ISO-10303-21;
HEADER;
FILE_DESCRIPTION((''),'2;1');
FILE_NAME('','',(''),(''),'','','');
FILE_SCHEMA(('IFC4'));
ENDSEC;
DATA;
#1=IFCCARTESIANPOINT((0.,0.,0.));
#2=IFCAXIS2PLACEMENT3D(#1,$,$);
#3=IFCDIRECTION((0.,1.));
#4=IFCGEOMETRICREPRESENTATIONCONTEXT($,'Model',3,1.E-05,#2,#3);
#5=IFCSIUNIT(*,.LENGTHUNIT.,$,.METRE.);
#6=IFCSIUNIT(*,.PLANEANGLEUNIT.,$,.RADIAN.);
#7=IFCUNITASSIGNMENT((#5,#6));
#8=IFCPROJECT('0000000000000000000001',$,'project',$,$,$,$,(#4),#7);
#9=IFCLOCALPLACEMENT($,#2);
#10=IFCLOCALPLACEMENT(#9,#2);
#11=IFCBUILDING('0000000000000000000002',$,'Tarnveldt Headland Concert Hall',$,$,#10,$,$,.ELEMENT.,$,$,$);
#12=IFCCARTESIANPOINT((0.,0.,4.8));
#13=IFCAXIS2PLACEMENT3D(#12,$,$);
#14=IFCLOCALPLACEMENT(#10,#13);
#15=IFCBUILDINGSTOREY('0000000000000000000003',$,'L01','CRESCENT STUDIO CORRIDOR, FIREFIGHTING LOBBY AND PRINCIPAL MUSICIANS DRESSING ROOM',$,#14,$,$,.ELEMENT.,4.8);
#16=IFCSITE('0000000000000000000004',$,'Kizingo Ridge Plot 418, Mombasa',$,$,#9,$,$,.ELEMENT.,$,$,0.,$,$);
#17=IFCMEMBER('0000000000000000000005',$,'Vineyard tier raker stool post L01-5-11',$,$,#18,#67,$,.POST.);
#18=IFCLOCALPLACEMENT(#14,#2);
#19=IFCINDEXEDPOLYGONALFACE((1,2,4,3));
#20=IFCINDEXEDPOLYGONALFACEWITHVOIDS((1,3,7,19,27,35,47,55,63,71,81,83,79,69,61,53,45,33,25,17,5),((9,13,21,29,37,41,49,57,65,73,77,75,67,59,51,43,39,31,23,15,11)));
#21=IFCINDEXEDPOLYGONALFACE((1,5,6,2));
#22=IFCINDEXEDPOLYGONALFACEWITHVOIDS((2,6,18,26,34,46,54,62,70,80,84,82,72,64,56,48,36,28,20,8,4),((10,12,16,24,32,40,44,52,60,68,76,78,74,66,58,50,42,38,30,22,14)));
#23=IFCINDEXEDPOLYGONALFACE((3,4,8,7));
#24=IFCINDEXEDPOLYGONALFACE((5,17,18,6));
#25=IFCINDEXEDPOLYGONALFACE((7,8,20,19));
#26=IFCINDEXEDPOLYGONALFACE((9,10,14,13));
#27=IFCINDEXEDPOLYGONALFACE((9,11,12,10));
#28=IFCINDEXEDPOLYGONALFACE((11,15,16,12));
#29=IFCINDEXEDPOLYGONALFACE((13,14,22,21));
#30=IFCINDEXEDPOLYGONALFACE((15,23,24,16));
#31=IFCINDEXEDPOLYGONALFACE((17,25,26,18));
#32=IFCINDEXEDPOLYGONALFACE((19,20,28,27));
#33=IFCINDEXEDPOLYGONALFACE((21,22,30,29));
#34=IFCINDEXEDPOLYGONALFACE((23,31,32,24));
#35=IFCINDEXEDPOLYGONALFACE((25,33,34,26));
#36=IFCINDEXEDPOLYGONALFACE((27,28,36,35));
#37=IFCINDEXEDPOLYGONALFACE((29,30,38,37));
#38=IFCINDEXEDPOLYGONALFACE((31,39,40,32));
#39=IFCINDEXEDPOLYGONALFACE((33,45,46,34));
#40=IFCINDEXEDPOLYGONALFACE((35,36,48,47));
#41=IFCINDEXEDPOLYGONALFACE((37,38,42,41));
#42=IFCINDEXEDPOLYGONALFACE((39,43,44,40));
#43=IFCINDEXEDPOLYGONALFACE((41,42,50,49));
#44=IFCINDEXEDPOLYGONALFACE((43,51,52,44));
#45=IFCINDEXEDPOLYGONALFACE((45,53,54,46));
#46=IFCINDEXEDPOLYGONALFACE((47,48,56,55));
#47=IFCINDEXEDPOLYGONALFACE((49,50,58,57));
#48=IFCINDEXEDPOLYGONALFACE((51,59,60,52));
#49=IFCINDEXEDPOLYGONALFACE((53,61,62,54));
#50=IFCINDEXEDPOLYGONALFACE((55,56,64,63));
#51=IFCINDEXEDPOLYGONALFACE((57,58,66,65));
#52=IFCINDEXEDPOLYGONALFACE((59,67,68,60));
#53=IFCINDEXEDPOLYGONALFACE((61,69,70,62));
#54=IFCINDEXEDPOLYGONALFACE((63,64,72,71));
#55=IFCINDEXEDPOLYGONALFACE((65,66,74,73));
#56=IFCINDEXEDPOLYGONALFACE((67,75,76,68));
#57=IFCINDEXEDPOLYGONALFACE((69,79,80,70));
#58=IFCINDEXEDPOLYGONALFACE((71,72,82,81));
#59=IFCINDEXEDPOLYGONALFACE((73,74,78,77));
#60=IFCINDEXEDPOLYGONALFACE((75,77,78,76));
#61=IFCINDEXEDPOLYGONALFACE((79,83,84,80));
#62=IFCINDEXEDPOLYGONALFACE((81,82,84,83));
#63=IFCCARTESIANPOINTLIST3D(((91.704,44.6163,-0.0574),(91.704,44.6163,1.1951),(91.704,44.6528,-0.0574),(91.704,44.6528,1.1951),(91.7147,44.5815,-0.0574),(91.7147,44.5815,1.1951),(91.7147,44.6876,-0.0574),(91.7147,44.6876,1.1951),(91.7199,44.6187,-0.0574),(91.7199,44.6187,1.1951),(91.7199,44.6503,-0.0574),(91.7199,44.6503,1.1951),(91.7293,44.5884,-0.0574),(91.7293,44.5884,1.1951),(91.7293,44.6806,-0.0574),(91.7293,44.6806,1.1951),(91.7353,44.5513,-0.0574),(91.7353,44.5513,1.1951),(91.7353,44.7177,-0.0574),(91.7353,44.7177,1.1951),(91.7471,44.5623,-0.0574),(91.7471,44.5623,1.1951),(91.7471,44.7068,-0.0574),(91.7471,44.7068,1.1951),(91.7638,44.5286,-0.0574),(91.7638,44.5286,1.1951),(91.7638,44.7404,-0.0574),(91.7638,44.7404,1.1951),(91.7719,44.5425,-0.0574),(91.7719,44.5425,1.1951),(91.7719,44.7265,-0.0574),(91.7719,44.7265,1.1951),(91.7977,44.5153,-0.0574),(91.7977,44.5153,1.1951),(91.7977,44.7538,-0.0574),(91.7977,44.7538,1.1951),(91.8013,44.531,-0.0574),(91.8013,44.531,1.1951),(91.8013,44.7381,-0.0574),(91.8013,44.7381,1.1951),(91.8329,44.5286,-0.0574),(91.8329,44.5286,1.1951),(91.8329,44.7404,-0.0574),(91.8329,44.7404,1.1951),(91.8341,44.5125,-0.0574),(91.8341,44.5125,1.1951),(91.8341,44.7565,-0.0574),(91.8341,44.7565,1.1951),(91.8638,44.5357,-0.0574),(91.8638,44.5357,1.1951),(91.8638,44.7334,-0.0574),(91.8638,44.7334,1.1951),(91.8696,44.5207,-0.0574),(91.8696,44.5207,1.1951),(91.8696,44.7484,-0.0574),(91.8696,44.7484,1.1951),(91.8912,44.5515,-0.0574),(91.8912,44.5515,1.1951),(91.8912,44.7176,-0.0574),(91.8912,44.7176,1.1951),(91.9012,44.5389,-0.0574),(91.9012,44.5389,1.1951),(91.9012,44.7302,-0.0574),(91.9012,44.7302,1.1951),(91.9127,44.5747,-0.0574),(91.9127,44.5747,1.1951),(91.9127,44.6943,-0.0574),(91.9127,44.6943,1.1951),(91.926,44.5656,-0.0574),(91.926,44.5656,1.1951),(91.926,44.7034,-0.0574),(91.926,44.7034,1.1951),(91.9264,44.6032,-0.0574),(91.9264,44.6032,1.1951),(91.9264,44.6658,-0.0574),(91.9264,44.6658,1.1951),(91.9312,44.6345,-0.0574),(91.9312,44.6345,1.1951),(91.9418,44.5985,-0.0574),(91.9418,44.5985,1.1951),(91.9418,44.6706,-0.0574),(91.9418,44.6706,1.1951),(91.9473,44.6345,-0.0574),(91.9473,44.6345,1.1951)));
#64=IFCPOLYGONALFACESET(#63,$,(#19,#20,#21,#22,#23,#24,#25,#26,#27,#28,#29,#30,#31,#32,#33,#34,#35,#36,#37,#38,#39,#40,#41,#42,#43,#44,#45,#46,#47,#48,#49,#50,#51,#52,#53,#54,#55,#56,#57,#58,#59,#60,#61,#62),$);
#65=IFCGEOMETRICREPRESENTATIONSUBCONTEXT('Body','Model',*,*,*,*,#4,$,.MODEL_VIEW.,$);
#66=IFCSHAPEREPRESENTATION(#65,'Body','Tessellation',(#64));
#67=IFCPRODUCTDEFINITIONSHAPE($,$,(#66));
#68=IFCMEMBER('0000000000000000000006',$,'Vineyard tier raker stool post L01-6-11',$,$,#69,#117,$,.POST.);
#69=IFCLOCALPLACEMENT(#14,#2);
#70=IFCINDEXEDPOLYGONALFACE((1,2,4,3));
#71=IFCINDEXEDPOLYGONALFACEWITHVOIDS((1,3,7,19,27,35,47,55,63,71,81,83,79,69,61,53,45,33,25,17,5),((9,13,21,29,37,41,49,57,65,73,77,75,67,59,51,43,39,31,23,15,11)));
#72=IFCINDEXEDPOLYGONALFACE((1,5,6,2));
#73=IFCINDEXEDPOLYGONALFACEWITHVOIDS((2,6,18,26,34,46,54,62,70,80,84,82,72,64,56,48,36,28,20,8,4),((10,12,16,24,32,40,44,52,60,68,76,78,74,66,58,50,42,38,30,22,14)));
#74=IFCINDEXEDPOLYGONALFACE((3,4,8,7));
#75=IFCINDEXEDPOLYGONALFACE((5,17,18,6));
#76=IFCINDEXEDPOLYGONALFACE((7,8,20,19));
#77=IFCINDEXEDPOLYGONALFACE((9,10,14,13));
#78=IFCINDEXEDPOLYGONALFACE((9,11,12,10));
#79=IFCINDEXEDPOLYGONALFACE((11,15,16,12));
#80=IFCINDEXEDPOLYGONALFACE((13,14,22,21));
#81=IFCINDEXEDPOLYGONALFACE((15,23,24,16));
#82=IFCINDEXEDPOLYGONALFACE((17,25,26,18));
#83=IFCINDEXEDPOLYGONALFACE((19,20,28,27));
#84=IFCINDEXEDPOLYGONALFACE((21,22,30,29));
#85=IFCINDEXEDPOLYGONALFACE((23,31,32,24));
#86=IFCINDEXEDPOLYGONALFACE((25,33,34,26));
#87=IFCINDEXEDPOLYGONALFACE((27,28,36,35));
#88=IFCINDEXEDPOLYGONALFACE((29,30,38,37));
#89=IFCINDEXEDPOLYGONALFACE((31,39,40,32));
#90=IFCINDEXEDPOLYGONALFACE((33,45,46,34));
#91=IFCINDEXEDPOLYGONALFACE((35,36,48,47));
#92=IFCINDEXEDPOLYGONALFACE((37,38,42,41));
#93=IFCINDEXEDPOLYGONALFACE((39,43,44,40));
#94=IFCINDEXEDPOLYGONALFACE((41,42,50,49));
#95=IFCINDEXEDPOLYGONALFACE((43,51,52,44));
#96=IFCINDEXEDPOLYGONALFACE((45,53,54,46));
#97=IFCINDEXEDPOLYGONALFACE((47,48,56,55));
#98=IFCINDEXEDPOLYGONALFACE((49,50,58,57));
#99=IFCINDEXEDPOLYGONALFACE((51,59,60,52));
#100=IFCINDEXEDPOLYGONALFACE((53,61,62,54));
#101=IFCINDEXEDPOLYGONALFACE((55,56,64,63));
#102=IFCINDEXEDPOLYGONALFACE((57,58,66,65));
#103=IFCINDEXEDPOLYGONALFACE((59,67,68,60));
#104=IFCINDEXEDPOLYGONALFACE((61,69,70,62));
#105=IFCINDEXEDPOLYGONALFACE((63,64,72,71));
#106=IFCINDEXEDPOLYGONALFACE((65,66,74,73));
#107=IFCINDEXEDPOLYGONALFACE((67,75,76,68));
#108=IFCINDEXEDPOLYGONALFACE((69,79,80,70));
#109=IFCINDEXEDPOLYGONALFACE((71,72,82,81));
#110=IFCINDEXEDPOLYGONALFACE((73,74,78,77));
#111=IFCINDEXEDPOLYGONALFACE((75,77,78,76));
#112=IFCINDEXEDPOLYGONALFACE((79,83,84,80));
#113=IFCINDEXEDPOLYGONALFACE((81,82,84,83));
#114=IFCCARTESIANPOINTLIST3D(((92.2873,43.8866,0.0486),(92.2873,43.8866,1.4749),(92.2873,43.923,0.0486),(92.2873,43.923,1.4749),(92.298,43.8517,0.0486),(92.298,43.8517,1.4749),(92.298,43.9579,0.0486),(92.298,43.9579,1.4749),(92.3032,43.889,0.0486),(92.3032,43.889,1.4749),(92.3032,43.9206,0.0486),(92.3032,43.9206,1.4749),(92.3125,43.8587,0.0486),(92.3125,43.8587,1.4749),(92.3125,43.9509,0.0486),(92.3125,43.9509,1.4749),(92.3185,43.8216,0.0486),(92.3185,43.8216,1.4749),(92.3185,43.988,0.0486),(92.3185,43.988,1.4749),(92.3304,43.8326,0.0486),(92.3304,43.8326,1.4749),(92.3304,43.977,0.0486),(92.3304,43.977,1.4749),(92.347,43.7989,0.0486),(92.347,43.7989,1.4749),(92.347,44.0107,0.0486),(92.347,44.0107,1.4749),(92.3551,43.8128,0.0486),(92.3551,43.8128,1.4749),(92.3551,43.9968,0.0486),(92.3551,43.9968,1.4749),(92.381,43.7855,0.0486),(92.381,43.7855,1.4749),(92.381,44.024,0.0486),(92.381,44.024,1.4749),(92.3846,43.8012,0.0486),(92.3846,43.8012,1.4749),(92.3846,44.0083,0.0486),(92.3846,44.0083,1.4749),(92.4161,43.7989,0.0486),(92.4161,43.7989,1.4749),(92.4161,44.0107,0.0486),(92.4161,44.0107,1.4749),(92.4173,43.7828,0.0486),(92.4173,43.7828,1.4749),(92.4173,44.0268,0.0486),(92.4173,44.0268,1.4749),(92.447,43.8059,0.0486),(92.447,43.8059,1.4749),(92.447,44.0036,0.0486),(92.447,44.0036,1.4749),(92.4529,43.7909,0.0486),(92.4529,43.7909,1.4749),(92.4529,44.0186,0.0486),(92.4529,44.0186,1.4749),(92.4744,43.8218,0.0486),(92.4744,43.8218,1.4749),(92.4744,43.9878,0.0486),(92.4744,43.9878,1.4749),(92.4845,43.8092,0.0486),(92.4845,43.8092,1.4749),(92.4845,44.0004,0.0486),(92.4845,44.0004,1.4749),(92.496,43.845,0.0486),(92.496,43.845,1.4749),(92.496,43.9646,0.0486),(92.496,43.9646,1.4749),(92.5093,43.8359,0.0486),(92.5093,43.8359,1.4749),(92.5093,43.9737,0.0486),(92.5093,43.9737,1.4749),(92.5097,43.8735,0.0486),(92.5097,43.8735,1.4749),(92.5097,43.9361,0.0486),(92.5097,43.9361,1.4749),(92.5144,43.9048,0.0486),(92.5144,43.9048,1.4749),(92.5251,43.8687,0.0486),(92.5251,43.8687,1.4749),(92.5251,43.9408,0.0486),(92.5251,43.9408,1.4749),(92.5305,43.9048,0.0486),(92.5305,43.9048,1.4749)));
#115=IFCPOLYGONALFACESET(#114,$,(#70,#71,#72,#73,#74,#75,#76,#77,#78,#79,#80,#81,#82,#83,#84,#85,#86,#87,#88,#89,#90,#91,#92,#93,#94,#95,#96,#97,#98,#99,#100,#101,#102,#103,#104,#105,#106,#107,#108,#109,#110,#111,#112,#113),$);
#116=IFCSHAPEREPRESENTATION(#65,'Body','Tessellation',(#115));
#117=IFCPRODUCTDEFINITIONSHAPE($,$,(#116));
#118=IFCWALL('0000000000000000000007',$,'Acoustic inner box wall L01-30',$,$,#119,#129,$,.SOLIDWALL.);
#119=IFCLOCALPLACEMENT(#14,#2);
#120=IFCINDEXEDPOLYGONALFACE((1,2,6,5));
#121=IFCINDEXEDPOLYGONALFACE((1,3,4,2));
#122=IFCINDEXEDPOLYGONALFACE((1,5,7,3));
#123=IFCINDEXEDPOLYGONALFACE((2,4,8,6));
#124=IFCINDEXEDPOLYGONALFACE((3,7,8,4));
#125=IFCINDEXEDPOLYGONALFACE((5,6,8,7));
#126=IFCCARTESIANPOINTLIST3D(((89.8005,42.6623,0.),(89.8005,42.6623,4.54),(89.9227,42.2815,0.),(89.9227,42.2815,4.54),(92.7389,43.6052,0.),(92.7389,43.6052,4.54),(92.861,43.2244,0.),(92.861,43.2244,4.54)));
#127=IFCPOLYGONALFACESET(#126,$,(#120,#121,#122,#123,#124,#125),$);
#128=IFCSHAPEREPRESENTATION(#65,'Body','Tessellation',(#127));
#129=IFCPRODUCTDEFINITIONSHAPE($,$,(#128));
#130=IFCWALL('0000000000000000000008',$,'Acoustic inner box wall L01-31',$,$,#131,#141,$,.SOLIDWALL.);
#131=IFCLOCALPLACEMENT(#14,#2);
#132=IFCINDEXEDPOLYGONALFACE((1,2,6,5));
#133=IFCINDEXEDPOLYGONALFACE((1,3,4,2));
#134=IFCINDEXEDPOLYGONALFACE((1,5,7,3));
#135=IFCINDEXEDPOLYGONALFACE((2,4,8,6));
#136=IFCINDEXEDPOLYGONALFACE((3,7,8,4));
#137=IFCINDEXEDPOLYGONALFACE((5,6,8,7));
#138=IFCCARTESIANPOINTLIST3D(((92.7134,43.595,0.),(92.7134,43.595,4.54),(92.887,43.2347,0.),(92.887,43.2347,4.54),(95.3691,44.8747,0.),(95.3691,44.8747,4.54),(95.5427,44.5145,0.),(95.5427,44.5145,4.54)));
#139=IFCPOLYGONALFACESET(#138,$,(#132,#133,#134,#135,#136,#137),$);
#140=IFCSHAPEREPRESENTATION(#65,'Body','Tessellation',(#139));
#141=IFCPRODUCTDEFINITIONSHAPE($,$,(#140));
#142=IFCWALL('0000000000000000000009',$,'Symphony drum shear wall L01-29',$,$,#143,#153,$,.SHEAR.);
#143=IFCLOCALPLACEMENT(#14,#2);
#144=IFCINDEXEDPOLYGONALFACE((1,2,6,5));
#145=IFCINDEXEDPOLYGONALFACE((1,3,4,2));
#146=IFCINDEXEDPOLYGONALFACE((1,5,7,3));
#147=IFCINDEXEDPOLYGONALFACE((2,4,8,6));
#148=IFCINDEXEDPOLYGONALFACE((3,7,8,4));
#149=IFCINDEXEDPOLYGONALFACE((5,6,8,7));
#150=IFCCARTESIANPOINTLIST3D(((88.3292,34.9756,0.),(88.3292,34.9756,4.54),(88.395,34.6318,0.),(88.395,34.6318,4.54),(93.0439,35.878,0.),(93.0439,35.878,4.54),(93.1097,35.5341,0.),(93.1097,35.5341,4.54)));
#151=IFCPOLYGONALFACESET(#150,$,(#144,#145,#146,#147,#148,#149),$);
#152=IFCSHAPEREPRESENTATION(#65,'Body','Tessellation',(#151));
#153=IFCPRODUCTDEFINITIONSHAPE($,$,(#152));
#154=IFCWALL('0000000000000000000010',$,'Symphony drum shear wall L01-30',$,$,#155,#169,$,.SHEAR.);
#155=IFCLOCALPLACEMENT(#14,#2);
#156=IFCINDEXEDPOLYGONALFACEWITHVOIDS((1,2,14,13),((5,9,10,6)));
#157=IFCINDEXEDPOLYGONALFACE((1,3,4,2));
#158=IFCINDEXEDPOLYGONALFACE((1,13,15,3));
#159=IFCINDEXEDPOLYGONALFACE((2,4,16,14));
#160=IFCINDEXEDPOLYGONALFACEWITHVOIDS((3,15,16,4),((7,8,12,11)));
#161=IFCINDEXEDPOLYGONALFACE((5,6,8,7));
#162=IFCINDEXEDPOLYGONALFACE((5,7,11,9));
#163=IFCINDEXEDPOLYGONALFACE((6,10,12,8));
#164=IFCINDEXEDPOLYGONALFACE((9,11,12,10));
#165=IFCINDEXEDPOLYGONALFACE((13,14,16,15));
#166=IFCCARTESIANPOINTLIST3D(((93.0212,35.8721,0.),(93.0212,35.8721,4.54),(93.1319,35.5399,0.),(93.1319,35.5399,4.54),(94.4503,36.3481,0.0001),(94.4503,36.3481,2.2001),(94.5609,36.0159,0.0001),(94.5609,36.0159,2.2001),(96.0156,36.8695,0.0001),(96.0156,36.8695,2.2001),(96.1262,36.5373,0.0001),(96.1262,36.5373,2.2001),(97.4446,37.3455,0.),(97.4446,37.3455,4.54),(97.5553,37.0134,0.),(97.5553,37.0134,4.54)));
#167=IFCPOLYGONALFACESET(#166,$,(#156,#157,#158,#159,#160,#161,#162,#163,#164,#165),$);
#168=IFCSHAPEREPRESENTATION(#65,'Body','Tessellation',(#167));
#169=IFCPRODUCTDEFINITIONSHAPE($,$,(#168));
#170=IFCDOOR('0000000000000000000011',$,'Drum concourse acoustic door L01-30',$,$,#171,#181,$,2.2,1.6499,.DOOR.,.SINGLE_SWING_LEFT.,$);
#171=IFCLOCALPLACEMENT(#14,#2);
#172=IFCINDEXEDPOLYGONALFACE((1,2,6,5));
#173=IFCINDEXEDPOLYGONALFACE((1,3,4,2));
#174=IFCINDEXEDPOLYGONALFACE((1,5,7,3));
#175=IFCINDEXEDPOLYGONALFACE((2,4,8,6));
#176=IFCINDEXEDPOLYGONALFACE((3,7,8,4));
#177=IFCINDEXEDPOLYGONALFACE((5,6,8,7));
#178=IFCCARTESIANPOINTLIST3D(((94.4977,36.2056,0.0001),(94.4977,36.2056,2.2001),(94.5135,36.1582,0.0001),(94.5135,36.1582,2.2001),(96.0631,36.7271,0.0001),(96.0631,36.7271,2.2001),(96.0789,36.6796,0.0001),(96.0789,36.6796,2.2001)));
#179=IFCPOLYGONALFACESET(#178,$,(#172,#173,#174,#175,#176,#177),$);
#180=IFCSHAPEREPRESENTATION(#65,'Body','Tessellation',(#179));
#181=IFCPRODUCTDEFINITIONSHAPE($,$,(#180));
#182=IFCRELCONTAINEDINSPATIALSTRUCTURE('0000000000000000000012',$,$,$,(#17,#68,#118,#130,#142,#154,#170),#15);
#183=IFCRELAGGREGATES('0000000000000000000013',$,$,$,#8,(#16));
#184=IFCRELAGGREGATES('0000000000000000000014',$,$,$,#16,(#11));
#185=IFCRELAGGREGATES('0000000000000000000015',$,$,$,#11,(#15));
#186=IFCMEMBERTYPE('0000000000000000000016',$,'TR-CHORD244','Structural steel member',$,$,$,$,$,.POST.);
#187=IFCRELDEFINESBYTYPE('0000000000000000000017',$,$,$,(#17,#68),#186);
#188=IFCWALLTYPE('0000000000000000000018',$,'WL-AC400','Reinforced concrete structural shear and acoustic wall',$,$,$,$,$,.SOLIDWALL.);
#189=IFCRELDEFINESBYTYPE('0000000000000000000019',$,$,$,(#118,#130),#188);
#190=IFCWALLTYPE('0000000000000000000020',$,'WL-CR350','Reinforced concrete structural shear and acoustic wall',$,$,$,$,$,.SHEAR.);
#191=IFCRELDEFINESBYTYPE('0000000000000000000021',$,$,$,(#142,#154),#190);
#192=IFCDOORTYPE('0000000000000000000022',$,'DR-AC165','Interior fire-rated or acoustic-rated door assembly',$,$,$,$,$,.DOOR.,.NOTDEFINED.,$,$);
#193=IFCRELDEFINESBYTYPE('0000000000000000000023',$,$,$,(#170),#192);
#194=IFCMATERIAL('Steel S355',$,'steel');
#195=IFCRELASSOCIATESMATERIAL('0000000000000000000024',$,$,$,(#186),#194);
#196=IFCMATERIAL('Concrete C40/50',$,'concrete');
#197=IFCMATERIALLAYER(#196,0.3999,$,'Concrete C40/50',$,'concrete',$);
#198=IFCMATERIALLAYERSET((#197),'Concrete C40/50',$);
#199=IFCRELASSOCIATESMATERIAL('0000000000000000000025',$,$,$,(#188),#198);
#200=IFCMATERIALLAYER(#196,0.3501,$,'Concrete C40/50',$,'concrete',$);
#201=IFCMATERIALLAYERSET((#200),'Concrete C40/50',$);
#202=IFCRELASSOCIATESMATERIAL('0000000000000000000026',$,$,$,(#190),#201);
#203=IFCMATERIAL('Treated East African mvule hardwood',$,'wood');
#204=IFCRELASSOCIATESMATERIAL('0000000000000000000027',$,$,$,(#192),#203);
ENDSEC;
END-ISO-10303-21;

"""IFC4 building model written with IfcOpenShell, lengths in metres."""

from ifc_helpers import new_model, si_unit, direction, frame, frame_2d, origin, origin_2d, place, context, subcontext, project, spatial, rectangle, hollow_circle, extrude, material, layer, layer_set, material_profile, profile_set, type_object, element, fill, save


model = new_model("IFC4")

# Units and contexts
model_context = context("Model", 3, precision=1e-05, world=origin(), true_north=direction((0.0, 1.0)))
body_context = subcontext(model_context, "Body", "Model", "MODEL_VIEW")
ifc_project = project(units=[si_unit("LENGTHUNIT", "METRE"), si_unit("PLANEANGLEUNIT", "RADIAN")], contexts=[model_context])

# Site, building, storey
site_placement = place(None, origin())
site = spatial("IfcSite", under=ifc_project, at=site_placement, Name="Kizingo Ridge Plot 418, Mombasa", CompositionType="ELEMENT", RefElevation=0.0)
building_placement = place(site_placement, origin())
building = spatial("IfcBuilding", under=site, at=building_placement, Name="Tarnveldt Headland Concert Hall", CompositionType="ELEMENT")
storey_placement = place(building_placement, frame((0.0, 0.0, 4.8)))
storey = spatial("IfcBuildingStorey", under=building, at=storey_placement, Name="L01", Description="CRESCENT STUDIO CORRIDOR, FIREFIGHTING LOBBY AND PRINCIPAL MUSICIANS DRESSING ROOM", CompositionType="ELEMENT", Elevation=4.8)

# Shared definitions
ifc_material_1 = material(Name="Concrete C40/50", Category="concrete")
ifc_material_2 = material(Name="Steel S355", Category="steel")

# Members
ifc_material_profile_1 = material_profile(ifc_material_2, hollow_circle(Radius=0.1223, WallThickness=0.0161, at=origin_2d()), Name="CHS 244.5x16", Category="steel")
ifc_profile_set_1 = profile_set([ifc_material_profile_1], Name="Steel S355")
member_type = type_object("IfcMemberType", Name="TR-CHORD244", Description="Structural steel member", PredefinedType="POST", material=ifc_profile_set_1)
member_1_placement = place(storey_placement, frame((91.825, 44.6345, -0.0574), z_axis=(0.0, 0.0, 1.0), x_axis=(1.0, 0.0, 0.0)))
element("IfcMember", 1, at=member_1_placement, inside=storey, type_object=member_type, Name="Vineyard tier raker stool post L01-5-11", PredefinedType="POST", context=body_context, shape_type="SweptSolid", body=[
    extrude(hollow_circle(Radius=0.1223, WallThickness=0.0161, at=origin_2d()), origin(), (0.0, 0.0, 1.0), 1.2524),
])
member_2_placement = place(storey_placement, frame((92.4082, 43.9048, 0.0486), z_axis=(0.0, 0.0, 1.0), x_axis=(1.0, 0.0, 0.0)))
element("IfcMember", 2, at=member_2_placement, inside=storey, type_object=member_type, Name="Vineyard tier raker stool post L01-6-11", PredefinedType="POST", context=body_context, shape_type="SweptSolid", body=[
    extrude(hollow_circle(Radius=0.1223, WallThickness=0.0161, at=origin_2d()), origin(), (0.0, 0.0, 1.0), 1.4263),
])

# Walls
ifc_layer_1 = layer(ifc_material_1, 0.3999, Name="Concrete C40/50", Category="concrete")
ifc_layer_set_1 = layer_set([ifc_layer_1], Name="Concrete C40/50")
wall_type_1 = type_object("IfcWallType", Name="WL-AC400", Description="Reinforced concrete structural shear and acoustic wall", PredefinedType="SOLIDWALL", material=ifc_layer_set_1)
wall_1_placement = place(storey_placement, frame((89.8616, 42.4719, 0.0), z_axis=(0.0, 0.0, 1.0), x_axis=(0.952183, 0.305528, 0.0)))
element("IfcWall", 3, at=wall_1_placement, inside=storey, type_object=wall_type_1, Name="Acoustic inner box wall L01-30", PredefinedType="SOLIDWALL", context=body_context, shape_type="SweptSolid", body=[
    extrude(rectangle(XDim=3.0859, YDim=0.3999, at=frame_2d((1.543, 0.0))), origin(), (0.0, 0.0, 1.0), 4.54),
])
wall_2_placement = place(storey_placement, frame((92.8, 43.4148, 0.0), z_axis=(0.0, 0.0, 1.0), x_axis=(0.900858, 0.434114, 0.0)))
element("IfcWall", 4, at=wall_2_placement, inside=storey, type_object=wall_type_1, Name="Acoustic inner box wall L01-31", PredefinedType="SOLIDWALL", context=body_context, shape_type="SweptSolid", body=[
    extrude(rectangle(XDim=2.948, YDim=0.3999, at=frame_2d((1.4741, 0.0))), origin(), (0.0, 0.0, 1.0), 4.54),
])
ifc_layer_2 = layer(ifc_material_1, 0.3501, Name="Concrete C40/50", Category="concrete")
ifc_layer_set_2 = layer_set([ifc_layer_2], Name="Concrete C40/50")
wall_type_2 = type_object("IfcWallType", Name="WL-CR350", Description="Reinforced concrete structural shear and acoustic wall", PredefinedType="SHEAR", material=ifc_layer_set_2)
wall_3_placement = place(storey_placement, frame((88.3621, 34.8037, 0.0), z_axis=(0.0, 0.0, 1.0), x_axis=(0.982173, 0.187981, 0.0)))
element("IfcWall", 5, at=wall_3_placement, inside=storey, type_object=wall_type_2, Name="Symphony drum shear wall L01-29", PredefinedType="SHEAR", context=body_context, shape_type="SweptSolid", body=[
    extrude(rectangle(XDim=4.8003, YDim=0.3501, at=frame_2d((2.4001, 0.0))), origin(), (0.0, 0.0, 1.0), 4.54),
])

# Wall, opening, door
wall_4_placement = place(storey_placement, frame((93.0767, 35.7061, 0.0), z_axis=(0.0, 0.0, 1.0), x_axis=(0.948751, 0.316024, 0.0)))
wall_4 = element("IfcWall", 6, at=wall_4_placement, inside=storey, type_object=wall_type_2, Name="Symphony drum shear wall L01-30", PredefinedType="SHEAR", context=body_context, shape_type="SweptSolid", body=[
    extrude(rectangle(XDim=4.6624, YDim=0.3501, at=frame_2d((2.3311, 0.0))), origin(), (0.0, 0.0, 1.0), 4.54),
])
opening_placement = place(wall_4_placement, frame((1.5061, 0.0, 0.0)))
opening = element("IfcOpeningElement", 7, at=opening_placement, cuts=wall_4, PredefinedType="OPENING", context=body_context, shape_type="SweptSolid", body=[
    extrude(rectangle(XDim=1.6499, YDim=2.2, at=frame_2d((0.825, 1.1001))), frame((0.0, 0.1851, 0.0), z_axis=(0.0, -1.0, 0.0), x_axis=(1.0, 0.0, 0.0)), (0.0, 0.0, 1.0), 0.3701),
])
ifc_material_3 = material(Name="Treated East African mvule hardwood", Category="wood")
door_type = type_object("IfcDoorType", Name="DR-AC165", Description="Interior fire-rated or acoustic-rated door assembly", OperationType="NOTDEFINED", PredefinedType="DOOR", material=ifc_material_3)
door_placement = place(opening_placement, origin())
door = element("IfcDoor", 8, at=door_placement, inside=storey, type_object=door_type, Name="Drum concourse acoustic door L01-30", OperationType="SINGLE_SWING_LEFT", OverallHeight=2.2, OverallWidth=1.6499, PredefinedType="DOOR", context=body_context, shape_type="SweptSolid", body=[
    extrude(rectangle(XDim=1.6499, YDim=2.2, at=frame_2d((0.825, 1.1001))), frame((0.0, 0.0249, 0.0), z_axis=(0.0, -1.0, 0.0), x_axis=(1.0, 0.0, 0.0)), (0.0, 0.0, 1.0), 0.05),
])
fill(opening, door)

save(model, "model.ifc")
